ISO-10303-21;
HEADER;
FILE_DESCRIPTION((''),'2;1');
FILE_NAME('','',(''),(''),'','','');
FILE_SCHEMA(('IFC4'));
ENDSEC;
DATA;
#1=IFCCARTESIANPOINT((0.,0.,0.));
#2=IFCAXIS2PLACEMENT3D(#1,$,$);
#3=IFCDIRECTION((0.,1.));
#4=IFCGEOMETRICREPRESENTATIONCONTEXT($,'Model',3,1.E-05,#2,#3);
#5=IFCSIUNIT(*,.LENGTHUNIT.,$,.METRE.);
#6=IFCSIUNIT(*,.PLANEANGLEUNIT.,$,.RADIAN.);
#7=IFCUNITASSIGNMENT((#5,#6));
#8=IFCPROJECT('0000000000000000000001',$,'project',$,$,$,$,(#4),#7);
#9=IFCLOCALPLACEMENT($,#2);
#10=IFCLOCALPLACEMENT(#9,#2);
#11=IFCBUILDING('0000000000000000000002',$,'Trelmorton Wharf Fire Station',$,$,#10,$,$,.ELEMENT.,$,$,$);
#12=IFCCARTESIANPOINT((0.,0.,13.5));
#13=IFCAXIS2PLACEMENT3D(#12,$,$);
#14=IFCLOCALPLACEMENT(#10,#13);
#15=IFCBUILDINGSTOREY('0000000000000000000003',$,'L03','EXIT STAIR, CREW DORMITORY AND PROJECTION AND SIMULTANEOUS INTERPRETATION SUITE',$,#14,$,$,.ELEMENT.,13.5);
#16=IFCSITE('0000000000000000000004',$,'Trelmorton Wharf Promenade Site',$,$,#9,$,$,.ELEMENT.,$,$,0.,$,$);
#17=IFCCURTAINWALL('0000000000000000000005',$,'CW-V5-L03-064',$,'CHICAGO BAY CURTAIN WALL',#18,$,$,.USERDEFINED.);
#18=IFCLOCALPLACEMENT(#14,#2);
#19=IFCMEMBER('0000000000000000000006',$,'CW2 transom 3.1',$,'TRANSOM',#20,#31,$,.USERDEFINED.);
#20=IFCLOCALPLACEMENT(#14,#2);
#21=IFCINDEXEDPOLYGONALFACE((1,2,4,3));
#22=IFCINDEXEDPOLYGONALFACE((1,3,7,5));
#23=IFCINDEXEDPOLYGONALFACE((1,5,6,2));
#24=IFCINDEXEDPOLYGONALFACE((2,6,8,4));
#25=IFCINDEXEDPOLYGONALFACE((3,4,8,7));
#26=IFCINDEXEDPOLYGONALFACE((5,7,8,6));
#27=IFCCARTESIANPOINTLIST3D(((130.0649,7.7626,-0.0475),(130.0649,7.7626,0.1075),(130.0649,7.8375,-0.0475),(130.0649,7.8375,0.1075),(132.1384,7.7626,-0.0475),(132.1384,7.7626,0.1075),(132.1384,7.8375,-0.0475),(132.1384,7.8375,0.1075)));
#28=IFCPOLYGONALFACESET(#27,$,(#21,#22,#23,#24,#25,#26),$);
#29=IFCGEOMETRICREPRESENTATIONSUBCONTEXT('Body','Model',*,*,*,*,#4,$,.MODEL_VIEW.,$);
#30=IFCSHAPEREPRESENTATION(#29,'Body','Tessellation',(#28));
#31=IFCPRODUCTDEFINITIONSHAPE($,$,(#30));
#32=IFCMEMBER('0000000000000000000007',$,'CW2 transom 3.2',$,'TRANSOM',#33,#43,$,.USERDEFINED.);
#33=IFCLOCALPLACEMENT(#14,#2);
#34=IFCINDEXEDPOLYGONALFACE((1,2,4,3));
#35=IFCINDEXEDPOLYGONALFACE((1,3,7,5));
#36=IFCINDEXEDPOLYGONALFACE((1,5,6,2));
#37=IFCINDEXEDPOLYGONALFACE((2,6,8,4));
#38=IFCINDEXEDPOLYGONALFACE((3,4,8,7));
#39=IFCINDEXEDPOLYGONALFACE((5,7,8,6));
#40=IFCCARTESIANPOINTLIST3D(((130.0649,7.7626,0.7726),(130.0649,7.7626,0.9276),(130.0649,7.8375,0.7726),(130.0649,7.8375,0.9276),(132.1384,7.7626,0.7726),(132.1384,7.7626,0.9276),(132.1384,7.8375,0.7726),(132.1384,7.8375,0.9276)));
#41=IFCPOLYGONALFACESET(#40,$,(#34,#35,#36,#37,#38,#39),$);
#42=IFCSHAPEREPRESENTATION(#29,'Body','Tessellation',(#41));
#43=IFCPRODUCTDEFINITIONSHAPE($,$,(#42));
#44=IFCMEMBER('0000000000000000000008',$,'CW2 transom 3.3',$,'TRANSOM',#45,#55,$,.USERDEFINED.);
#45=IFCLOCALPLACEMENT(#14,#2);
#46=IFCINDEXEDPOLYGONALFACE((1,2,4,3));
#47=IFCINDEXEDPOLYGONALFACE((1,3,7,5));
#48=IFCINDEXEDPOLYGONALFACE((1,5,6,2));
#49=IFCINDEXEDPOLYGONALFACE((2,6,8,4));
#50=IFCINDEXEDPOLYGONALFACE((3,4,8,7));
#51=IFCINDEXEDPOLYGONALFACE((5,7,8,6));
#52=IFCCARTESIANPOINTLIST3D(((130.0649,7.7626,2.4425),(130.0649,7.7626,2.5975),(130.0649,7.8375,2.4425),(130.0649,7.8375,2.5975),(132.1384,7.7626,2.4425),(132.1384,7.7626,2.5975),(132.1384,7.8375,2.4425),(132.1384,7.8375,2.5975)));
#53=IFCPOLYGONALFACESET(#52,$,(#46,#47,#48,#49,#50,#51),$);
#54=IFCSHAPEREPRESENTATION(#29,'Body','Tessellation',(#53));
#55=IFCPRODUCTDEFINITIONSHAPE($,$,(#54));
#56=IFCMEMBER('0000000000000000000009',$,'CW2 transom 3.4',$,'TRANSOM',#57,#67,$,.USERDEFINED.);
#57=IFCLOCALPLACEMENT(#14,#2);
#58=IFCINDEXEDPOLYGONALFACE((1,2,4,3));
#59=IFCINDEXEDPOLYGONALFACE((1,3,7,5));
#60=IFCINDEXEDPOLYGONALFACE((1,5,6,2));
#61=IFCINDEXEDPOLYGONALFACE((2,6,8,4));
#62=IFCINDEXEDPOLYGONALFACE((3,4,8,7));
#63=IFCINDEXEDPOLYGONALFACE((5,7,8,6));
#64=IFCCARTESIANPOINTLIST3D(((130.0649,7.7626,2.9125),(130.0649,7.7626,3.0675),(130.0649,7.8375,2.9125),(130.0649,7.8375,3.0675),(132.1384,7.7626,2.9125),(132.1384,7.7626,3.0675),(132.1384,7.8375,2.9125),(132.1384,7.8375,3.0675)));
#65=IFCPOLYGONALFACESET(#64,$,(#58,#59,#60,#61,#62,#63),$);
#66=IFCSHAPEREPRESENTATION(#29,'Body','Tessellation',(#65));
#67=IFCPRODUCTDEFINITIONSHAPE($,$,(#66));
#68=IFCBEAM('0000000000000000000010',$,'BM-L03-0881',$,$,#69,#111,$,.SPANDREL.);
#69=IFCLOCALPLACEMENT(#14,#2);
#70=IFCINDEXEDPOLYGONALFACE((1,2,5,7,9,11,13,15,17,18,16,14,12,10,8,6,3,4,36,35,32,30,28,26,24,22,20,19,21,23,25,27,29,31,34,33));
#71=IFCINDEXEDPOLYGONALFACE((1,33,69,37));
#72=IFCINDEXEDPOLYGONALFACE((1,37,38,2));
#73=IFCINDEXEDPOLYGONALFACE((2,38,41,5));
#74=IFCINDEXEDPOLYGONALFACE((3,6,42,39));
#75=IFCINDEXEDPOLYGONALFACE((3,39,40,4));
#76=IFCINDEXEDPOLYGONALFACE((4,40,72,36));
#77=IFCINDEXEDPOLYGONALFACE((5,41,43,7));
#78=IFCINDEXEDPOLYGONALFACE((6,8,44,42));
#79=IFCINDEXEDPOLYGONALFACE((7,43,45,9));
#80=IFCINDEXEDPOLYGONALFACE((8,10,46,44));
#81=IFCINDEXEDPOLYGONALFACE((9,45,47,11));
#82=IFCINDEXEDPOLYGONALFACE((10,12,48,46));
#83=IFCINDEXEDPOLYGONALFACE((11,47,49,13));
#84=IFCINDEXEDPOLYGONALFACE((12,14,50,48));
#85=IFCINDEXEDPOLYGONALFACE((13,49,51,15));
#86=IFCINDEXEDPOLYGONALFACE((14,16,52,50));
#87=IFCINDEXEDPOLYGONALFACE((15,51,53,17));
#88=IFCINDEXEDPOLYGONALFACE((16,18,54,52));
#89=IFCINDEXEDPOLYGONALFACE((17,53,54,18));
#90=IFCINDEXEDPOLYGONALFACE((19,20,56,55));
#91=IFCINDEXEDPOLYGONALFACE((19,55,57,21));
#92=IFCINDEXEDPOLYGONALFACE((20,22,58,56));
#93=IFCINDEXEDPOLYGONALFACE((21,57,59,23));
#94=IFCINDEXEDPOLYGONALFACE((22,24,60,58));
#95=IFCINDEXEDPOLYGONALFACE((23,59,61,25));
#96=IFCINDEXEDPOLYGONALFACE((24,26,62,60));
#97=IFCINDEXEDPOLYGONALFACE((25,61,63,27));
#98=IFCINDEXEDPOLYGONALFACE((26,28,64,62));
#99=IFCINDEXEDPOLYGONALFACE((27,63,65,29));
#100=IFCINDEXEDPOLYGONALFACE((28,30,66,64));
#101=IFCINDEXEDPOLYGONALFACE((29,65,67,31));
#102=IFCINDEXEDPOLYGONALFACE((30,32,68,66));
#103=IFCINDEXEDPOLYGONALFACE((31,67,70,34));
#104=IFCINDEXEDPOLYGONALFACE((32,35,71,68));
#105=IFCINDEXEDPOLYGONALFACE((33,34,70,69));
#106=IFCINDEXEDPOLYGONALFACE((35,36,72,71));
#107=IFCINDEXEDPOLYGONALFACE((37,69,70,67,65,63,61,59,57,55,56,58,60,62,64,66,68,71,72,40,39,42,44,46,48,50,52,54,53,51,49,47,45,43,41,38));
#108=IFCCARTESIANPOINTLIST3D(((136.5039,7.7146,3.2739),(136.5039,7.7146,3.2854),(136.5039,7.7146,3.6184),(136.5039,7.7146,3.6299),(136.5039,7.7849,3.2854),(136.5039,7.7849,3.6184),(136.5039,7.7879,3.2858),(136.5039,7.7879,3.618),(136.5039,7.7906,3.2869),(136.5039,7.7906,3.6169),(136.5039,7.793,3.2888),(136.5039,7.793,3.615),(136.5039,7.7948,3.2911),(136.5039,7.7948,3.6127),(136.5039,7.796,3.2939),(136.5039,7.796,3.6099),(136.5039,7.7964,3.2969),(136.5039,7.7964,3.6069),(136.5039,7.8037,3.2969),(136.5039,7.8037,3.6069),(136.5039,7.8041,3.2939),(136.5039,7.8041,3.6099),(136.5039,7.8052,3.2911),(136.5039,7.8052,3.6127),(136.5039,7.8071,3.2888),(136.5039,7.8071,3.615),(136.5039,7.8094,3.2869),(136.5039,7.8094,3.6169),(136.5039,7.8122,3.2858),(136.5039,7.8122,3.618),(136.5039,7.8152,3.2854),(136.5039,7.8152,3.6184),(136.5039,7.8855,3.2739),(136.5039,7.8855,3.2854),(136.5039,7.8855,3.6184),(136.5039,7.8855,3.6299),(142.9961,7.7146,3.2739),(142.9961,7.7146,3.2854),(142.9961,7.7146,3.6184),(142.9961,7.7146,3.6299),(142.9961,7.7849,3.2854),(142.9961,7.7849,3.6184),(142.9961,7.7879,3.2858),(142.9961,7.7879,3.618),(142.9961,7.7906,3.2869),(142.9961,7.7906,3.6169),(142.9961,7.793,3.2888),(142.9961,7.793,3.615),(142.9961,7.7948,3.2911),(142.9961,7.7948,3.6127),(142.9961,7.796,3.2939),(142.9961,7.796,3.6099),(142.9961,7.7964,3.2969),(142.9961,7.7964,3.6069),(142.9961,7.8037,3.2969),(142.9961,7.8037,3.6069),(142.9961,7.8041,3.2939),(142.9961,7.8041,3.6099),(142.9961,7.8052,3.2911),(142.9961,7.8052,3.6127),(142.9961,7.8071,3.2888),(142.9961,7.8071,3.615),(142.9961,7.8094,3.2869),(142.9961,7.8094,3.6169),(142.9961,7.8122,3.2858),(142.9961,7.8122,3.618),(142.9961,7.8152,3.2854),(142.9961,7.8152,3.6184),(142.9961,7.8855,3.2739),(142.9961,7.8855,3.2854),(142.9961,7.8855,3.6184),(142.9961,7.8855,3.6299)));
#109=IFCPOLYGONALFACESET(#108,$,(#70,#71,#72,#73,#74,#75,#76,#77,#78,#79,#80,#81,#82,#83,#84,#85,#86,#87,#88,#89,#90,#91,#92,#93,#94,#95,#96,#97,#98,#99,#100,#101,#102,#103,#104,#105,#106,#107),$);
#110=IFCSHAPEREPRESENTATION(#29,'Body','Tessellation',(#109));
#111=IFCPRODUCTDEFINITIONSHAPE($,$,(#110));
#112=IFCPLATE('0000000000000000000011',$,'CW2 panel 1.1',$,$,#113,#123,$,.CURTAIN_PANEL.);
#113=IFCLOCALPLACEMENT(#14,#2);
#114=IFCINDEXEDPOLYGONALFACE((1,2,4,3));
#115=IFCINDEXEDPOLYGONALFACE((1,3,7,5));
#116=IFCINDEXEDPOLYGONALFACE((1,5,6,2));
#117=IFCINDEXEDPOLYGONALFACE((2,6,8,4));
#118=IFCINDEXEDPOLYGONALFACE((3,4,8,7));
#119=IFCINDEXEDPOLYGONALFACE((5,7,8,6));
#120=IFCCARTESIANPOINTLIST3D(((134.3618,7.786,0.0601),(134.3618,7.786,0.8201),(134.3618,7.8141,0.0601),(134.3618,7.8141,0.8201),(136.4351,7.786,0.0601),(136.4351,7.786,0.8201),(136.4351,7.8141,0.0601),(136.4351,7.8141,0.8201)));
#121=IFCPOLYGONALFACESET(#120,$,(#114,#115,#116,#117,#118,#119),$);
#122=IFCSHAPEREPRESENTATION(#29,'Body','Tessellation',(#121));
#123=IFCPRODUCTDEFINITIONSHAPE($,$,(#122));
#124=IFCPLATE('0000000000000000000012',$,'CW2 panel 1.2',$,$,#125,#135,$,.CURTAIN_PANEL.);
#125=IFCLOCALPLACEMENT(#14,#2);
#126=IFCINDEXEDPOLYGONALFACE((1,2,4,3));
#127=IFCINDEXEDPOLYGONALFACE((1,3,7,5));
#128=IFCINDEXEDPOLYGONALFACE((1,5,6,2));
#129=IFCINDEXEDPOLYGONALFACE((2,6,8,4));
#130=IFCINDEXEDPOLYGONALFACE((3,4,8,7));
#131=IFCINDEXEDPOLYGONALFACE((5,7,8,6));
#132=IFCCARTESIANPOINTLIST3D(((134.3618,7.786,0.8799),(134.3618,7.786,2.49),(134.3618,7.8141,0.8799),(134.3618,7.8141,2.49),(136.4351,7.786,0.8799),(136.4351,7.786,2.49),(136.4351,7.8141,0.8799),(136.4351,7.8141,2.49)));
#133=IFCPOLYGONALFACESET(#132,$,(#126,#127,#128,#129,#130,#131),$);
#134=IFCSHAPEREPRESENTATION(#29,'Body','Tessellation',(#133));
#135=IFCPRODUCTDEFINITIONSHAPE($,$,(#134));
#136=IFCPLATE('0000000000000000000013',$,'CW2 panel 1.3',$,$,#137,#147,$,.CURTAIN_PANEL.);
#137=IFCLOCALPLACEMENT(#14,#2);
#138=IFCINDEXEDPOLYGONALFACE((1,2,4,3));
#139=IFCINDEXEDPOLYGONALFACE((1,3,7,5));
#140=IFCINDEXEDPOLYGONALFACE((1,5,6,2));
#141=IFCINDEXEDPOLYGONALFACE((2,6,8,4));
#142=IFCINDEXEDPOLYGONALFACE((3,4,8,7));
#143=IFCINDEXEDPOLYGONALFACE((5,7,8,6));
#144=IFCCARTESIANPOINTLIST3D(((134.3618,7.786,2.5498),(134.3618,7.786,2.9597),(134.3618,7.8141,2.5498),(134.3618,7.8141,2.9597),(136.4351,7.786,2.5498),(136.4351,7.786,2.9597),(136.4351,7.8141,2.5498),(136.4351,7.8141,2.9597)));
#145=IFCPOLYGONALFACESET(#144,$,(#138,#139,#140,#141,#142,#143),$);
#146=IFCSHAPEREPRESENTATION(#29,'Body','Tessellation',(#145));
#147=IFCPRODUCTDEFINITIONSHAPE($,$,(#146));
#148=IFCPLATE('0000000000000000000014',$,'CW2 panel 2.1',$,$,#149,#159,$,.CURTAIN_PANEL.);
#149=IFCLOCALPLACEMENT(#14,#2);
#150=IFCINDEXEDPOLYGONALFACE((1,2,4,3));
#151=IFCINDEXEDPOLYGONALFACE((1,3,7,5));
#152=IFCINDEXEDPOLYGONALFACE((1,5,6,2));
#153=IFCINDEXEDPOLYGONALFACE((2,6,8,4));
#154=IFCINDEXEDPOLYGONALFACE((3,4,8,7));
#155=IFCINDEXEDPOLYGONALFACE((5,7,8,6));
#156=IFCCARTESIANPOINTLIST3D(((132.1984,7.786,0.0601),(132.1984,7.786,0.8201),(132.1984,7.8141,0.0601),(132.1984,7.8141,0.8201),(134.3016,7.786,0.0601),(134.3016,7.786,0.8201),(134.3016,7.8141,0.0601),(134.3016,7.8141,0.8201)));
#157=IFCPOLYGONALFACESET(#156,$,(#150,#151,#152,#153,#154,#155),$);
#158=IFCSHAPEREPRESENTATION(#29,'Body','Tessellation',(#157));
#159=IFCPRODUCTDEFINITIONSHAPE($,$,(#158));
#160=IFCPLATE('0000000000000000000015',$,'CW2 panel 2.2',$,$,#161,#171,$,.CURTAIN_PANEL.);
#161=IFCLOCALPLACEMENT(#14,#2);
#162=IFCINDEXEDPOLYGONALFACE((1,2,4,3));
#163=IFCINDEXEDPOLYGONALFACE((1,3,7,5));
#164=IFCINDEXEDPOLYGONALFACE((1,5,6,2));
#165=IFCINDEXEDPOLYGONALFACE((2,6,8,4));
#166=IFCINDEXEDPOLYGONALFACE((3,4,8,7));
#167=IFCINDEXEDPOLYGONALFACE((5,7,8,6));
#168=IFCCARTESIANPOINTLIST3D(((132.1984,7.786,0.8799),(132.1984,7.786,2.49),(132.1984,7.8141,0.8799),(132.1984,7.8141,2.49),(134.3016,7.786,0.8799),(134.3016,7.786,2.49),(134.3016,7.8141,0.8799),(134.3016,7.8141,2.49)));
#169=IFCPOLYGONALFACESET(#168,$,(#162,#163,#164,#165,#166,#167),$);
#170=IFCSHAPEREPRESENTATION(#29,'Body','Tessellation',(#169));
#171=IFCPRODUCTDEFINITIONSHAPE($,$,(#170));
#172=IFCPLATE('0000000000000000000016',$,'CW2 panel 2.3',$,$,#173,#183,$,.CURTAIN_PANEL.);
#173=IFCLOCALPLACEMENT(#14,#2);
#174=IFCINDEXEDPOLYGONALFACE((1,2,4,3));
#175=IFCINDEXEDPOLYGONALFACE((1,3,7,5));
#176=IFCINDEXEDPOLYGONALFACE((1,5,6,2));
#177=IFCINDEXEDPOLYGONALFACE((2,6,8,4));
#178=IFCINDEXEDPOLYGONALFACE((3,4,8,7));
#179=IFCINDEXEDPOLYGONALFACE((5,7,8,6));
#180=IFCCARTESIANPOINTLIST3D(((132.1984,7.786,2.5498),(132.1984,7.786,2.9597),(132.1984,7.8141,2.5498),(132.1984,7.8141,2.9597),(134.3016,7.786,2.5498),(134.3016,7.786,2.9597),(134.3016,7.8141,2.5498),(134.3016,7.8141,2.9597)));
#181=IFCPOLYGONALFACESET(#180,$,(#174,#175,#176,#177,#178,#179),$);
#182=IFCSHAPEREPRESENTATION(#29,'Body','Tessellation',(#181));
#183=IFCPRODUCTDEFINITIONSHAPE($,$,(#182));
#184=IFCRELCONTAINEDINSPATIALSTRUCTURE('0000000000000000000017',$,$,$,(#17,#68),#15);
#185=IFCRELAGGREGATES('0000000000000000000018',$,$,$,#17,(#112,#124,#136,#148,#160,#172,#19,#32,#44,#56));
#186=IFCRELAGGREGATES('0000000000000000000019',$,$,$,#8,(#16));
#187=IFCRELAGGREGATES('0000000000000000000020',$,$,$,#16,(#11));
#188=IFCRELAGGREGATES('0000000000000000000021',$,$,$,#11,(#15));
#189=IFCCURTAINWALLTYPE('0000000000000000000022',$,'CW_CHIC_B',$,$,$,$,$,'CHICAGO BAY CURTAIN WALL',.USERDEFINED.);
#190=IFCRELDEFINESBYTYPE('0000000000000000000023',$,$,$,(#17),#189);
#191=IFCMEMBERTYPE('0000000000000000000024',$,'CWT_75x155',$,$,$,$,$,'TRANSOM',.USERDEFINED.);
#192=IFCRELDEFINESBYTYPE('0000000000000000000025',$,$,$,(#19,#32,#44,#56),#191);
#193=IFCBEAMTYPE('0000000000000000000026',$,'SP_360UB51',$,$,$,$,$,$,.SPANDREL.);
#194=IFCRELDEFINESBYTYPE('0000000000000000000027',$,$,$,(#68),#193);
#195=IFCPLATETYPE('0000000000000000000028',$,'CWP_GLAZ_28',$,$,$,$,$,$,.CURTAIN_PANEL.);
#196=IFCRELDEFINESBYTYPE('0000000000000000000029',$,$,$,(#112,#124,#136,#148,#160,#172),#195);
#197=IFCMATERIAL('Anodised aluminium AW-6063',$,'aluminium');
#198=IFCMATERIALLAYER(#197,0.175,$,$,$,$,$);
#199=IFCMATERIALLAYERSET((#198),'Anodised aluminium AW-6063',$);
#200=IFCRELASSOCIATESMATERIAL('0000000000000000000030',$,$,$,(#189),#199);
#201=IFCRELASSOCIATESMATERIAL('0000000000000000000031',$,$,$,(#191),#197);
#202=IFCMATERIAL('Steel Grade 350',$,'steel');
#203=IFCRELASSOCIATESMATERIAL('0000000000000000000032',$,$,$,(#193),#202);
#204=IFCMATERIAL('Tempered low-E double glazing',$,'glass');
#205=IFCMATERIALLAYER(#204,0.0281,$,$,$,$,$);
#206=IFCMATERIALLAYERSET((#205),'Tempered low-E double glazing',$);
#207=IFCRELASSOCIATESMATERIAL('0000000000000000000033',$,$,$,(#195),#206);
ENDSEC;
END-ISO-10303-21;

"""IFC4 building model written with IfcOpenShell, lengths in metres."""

from ifc_helpers import new_model, si_unit, direction, frame, origin, origin_2d, place, context, subcontext, project, spatial, rectangle, i_section, extrude, material, layer, layer_set, material_profile, profile_set, type_object, element, aggregate, save


model = new_model("IFC4")

# Units and contexts
model_context = context("Model", 3, precision=1e-05, world=origin(), true_north=direction((0.0, 1.0)))
body_context = subcontext(model_context, "Body", "Model", "MODEL_VIEW")
ifc_project = project(units=[si_unit("LENGTHUNIT", "METRE"), si_unit("PLANEANGLEUNIT", "RADIAN")], contexts=[model_context])

# Site, building, storey
site_placement = place(None, origin())
site = spatial("IfcSite", under=ifc_project, at=site_placement, Name="Trelmorton Wharf Promenade Site", CompositionType="ELEMENT", RefElevation=0.0)
building_placement = place(site_placement, origin())
building = spatial("IfcBuilding", under=site, at=building_placement, Name="Trelmorton Wharf Fire Station", CompositionType="ELEMENT")
storey_placement = place(building_placement, frame((0.0, 0.0, 13.5)))
storey = spatial("IfcBuildingStorey", under=building, at=storey_placement, Name="L03", Description="EXIT STAIR, CREW DORMITORY AND PROJECTION AND SIMULTANEOUS INTERPRETATION SUITE", CompositionType="ELEMENT", Elevation=13.5)

# Shared definitions
ifc_material_1 = material(Name="Steel Grade 350", Category="steel")

# Curtain wall, members
ifc_material_2 = material(Name="Anodised aluminium AW-6063", Category="aluminium")
ifc_layer_1 = layer(ifc_material_2, 0.175)
ifc_layer_set_1 = layer_set([ifc_layer_1], Name="Anodised aluminium AW-6063")
curtain_wall_type = type_object("IfcCurtainWallType", Name="CW_CHIC_B", ElementType="CHICAGO BAY CURTAIN WALL", PredefinedType="USERDEFINED", material=ifc_layer_set_1)
curtain_wall_placement = place(storey_placement, origin())
curtain_wall = element("IfcCurtainWall", 1, at=curtain_wall_placement, inside=storey, type_object=curtain_wall_type, Name="CW-V5-L03-064", ObjectType="CHICAGO BAY CURTAIN WALL", PredefinedType="USERDEFINED")
ifc_material_profile_1 = material_profile(ifc_material_2, rectangle(XDim=0.075, YDim=0.155, at=origin_2d()), Name="ALU-75x155")
ifc_profile_set_1 = profile_set([ifc_material_profile_1], Name="Anodised aluminium AW-6063")
member_type_1 = type_object("IfcMemberType", Name="CWT_75x155", ElementType="TRANSOM", PredefinedType="USERDEFINED", material=ifc_profile_set_1)
member_1_placement = place(storey_placement, frame((132.1384, 7.8, 0.03), z_axis=(-1.0, 0.0, 0.0), x_axis=(0.0, -1.0, 0.0)))
member_1 = element("IfcMember", 2, at=member_1_placement, type_object=member_type_1, Name="CW2 transom 3.1", ObjectType="TRANSOM", PredefinedType="USERDEFINED", context=body_context, shape_type="SweptSolid", body=[
    extrude(rectangle(XDim=0.075, YDim=0.155, at=origin_2d()), origin(), (0.0, 0.0, 1.0), 2.0735),
])
member_2_placement = place(storey_placement, frame((132.1384, 7.8, 0.8501), z_axis=(-1.0, 0.0, 0.0), x_axis=(0.0, -1.0, 0.0)))
member_2 = element("IfcMember", 3, at=member_2_placement, type_object=member_type_1, Name="CW2 transom 3.2", ObjectType="TRANSOM", PredefinedType="USERDEFINED", context=body_context, shape_type="SweptSolid", body=[
    extrude(rectangle(XDim=0.075, YDim=0.155, at=origin_2d()), origin(), (0.0, 0.0, 1.0), 2.0735),
])
member_3_placement = place(storey_placement, frame((132.1384, 7.8, 2.52), z_axis=(-1.0, 0.0, 0.0), x_axis=(0.0, -1.0, 0.0)))
member_3 = element("IfcMember", 4, at=member_3_placement, type_object=member_type_1, Name="CW2 transom 3.3", ObjectType="TRANSOM", PredefinedType="USERDEFINED", context=body_context, shape_type="SweptSolid", body=[
    extrude(rectangle(XDim=0.075, YDim=0.155, at=origin_2d()), origin(), (0.0, 0.0, 1.0), 2.0735),
])
member_4_placement = place(storey_placement, frame((132.1384, 7.8, 2.99), z_axis=(-1.0, 0.0, 0.0), x_axis=(0.0, -1.0, 0.0)))
member_4 = element("IfcMember", 5, at=member_4_placement, type_object=member_type_1, Name="CW2 transom 3.4", ObjectType="TRANSOM", PredefinedType="USERDEFINED", context=body_context, shape_type="SweptSolid", body=[
    extrude(rectangle(XDim=0.075, YDim=0.155, at=origin_2d()), origin(), (0.0, 0.0, 1.0), 2.0735),
])

# Beam
ifc_material_profile_2 = material_profile(ifc_material_1, i_section(OverallWidth=0.1709, OverallDepth=0.356, WebThickness=0.0073, FlangeThickness=0.0115, FilletRadius=0.0115, at=origin_2d()), Name="360UB50.7")
ifc_profile_set_2 = profile_set([ifc_material_profile_2], Name="Steel Grade 350")
beam_type = type_object("IfcBeamType", Name="SP_360UB51", PredefinedType="SPANDREL", material=ifc_profile_set_2)
beam_placement = place(storey_placement, frame((136.5039, 7.8, 3.4519), z_axis=(1.0, 0.0, 0.0), x_axis=(0.0, 1.0, 0.0)))
element("IfcBeam", 6, at=beam_placement, inside=storey, type_object=beam_type, Name="BM-L03-0881", PredefinedType="SPANDREL", context=body_context, shape_type="SweptSolid", body=[
    extrude(i_section(OverallWidth=0.1709, OverallDepth=0.356, WebThickness=0.0073, FlangeThickness=0.0115, FilletRadius=0.0115, at=origin_2d()), origin(), (0.0, 0.0, 1.0), 6.4922),
])

# Plates
ifc_material_3 = material(Name="Tempered low-E double glazing", Category="glass")
ifc_layer_2 = layer(ifc_material_3, 0.0281)
ifc_layer_set_2 = layer_set([ifc_layer_2], Name="Tempered low-E double glazing")
plate_type = type_object("IfcPlateType", Name="CWP_GLAZ_28", PredefinedType="CURTAIN_PANEL", material=ifc_layer_set_2)
plate_1_placement = place(storey_placement, frame((135.3984, 7.8, 0.0601), z_axis=(0.0, 0.0, 1.0), x_axis=(-1.0, 0.0, 0.0)))
plate_1 = element("IfcPlate", 7, at=plate_1_placement, type_object=plate_type, Name="CW2 panel 1.1", PredefinedType="CURTAIN_PANEL", context=body_context, shape_type="SweptSolid", body=[
    extrude(rectangle(XDim=2.0732, YDim=0.0281, at=origin_2d()), origin(), (0.0, 0.0, 1.0), 0.76),
])
plate_2_placement = place(storey_placement, frame((135.3984, 7.8, 0.8799), z_axis=(0.0, 0.0, 1.0), x_axis=(-1.0, 0.0, 0.0)))
plate_2 = element("IfcPlate", 8, at=plate_2_placement, type_object=plate_type, Name="CW2 panel 1.2", PredefinedType="CURTAIN_PANEL", context=body_context, shape_type="SweptSolid", body=[
    extrude(rectangle(XDim=2.0732, YDim=0.0281, at=origin_2d()), origin(), (0.0, 0.0, 1.0), 1.6101),
])
plate_3_placement = place(storey_placement, frame((135.3984, 7.8, 2.5498), z_axis=(0.0, 0.0, 1.0), x_axis=(-1.0, 0.0, 0.0)))
plate_3 = element("IfcPlate", 9, at=plate_3_placement, type_object=plate_type, Name="CW2 panel 1.3", PredefinedType="CURTAIN_PANEL", context=body_context, shape_type="SweptSolid", body=[
    extrude(rectangle(XDim=2.0732, YDim=0.0281, at=origin_2d()), origin(), (0.0, 0.0, 1.0), 0.4099),
])
plate_4_placement = place(storey_placement, frame((133.25, 7.8, 0.0601), z_axis=(0.0, 0.0, 1.0), x_axis=(-1.0, 0.0, 0.0)))
plate_4 = element("IfcPlate", 10, at=plate_4_placement, type_object=plate_type, Name="CW2 panel 2.1", PredefinedType="CURTAIN_PANEL", context=body_context, shape_type="SweptSolid", body=[
    extrude(rectangle(XDim=2.1033, YDim=0.0281, at=origin_2d()), origin(), (0.0, 0.0, 1.0), 0.76),
])
plate_5_placement = place(storey_placement, frame((133.25, 7.8, 0.8799), z_axis=(0.0, 0.0, 1.0), x_axis=(-1.0, 0.0, 0.0)))
plate_5 = element("IfcPlate", 11, at=plate_5_placement, type_object=plate_type, Name="CW2 panel 2.2", PredefinedType="CURTAIN_PANEL", context=body_context, shape_type="SweptSolid", body=[
    extrude(rectangle(XDim=2.1033, YDim=0.0281, at=origin_2d()), origin(), (0.0, 0.0, 1.0), 1.6101),
])
plate_6_placement = place(storey_placement, frame((133.25, 7.8, 2.5498), z_axis=(0.0, 0.0, 1.0), x_axis=(-1.0, 0.0, 0.0)))
plate_6 = element("IfcPlate", 12, at=plate_6_placement, type_object=plate_type, Name="CW2 panel 2.3", PredefinedType="CURTAIN_PANEL", context=body_context, shape_type="SweptSolid", body=[
    extrude(rectangle(XDim=2.1033, YDim=0.0281, at=origin_2d()), origin(), (0.0, 0.0, 1.0), 0.4099),
])
aggregate(curtain_wall, [plate_1, plate_2, plate_3, plate_4, plate_5, plate_6, member_1, member_2, member_3, member_4])

save(model, "model.ifc")
